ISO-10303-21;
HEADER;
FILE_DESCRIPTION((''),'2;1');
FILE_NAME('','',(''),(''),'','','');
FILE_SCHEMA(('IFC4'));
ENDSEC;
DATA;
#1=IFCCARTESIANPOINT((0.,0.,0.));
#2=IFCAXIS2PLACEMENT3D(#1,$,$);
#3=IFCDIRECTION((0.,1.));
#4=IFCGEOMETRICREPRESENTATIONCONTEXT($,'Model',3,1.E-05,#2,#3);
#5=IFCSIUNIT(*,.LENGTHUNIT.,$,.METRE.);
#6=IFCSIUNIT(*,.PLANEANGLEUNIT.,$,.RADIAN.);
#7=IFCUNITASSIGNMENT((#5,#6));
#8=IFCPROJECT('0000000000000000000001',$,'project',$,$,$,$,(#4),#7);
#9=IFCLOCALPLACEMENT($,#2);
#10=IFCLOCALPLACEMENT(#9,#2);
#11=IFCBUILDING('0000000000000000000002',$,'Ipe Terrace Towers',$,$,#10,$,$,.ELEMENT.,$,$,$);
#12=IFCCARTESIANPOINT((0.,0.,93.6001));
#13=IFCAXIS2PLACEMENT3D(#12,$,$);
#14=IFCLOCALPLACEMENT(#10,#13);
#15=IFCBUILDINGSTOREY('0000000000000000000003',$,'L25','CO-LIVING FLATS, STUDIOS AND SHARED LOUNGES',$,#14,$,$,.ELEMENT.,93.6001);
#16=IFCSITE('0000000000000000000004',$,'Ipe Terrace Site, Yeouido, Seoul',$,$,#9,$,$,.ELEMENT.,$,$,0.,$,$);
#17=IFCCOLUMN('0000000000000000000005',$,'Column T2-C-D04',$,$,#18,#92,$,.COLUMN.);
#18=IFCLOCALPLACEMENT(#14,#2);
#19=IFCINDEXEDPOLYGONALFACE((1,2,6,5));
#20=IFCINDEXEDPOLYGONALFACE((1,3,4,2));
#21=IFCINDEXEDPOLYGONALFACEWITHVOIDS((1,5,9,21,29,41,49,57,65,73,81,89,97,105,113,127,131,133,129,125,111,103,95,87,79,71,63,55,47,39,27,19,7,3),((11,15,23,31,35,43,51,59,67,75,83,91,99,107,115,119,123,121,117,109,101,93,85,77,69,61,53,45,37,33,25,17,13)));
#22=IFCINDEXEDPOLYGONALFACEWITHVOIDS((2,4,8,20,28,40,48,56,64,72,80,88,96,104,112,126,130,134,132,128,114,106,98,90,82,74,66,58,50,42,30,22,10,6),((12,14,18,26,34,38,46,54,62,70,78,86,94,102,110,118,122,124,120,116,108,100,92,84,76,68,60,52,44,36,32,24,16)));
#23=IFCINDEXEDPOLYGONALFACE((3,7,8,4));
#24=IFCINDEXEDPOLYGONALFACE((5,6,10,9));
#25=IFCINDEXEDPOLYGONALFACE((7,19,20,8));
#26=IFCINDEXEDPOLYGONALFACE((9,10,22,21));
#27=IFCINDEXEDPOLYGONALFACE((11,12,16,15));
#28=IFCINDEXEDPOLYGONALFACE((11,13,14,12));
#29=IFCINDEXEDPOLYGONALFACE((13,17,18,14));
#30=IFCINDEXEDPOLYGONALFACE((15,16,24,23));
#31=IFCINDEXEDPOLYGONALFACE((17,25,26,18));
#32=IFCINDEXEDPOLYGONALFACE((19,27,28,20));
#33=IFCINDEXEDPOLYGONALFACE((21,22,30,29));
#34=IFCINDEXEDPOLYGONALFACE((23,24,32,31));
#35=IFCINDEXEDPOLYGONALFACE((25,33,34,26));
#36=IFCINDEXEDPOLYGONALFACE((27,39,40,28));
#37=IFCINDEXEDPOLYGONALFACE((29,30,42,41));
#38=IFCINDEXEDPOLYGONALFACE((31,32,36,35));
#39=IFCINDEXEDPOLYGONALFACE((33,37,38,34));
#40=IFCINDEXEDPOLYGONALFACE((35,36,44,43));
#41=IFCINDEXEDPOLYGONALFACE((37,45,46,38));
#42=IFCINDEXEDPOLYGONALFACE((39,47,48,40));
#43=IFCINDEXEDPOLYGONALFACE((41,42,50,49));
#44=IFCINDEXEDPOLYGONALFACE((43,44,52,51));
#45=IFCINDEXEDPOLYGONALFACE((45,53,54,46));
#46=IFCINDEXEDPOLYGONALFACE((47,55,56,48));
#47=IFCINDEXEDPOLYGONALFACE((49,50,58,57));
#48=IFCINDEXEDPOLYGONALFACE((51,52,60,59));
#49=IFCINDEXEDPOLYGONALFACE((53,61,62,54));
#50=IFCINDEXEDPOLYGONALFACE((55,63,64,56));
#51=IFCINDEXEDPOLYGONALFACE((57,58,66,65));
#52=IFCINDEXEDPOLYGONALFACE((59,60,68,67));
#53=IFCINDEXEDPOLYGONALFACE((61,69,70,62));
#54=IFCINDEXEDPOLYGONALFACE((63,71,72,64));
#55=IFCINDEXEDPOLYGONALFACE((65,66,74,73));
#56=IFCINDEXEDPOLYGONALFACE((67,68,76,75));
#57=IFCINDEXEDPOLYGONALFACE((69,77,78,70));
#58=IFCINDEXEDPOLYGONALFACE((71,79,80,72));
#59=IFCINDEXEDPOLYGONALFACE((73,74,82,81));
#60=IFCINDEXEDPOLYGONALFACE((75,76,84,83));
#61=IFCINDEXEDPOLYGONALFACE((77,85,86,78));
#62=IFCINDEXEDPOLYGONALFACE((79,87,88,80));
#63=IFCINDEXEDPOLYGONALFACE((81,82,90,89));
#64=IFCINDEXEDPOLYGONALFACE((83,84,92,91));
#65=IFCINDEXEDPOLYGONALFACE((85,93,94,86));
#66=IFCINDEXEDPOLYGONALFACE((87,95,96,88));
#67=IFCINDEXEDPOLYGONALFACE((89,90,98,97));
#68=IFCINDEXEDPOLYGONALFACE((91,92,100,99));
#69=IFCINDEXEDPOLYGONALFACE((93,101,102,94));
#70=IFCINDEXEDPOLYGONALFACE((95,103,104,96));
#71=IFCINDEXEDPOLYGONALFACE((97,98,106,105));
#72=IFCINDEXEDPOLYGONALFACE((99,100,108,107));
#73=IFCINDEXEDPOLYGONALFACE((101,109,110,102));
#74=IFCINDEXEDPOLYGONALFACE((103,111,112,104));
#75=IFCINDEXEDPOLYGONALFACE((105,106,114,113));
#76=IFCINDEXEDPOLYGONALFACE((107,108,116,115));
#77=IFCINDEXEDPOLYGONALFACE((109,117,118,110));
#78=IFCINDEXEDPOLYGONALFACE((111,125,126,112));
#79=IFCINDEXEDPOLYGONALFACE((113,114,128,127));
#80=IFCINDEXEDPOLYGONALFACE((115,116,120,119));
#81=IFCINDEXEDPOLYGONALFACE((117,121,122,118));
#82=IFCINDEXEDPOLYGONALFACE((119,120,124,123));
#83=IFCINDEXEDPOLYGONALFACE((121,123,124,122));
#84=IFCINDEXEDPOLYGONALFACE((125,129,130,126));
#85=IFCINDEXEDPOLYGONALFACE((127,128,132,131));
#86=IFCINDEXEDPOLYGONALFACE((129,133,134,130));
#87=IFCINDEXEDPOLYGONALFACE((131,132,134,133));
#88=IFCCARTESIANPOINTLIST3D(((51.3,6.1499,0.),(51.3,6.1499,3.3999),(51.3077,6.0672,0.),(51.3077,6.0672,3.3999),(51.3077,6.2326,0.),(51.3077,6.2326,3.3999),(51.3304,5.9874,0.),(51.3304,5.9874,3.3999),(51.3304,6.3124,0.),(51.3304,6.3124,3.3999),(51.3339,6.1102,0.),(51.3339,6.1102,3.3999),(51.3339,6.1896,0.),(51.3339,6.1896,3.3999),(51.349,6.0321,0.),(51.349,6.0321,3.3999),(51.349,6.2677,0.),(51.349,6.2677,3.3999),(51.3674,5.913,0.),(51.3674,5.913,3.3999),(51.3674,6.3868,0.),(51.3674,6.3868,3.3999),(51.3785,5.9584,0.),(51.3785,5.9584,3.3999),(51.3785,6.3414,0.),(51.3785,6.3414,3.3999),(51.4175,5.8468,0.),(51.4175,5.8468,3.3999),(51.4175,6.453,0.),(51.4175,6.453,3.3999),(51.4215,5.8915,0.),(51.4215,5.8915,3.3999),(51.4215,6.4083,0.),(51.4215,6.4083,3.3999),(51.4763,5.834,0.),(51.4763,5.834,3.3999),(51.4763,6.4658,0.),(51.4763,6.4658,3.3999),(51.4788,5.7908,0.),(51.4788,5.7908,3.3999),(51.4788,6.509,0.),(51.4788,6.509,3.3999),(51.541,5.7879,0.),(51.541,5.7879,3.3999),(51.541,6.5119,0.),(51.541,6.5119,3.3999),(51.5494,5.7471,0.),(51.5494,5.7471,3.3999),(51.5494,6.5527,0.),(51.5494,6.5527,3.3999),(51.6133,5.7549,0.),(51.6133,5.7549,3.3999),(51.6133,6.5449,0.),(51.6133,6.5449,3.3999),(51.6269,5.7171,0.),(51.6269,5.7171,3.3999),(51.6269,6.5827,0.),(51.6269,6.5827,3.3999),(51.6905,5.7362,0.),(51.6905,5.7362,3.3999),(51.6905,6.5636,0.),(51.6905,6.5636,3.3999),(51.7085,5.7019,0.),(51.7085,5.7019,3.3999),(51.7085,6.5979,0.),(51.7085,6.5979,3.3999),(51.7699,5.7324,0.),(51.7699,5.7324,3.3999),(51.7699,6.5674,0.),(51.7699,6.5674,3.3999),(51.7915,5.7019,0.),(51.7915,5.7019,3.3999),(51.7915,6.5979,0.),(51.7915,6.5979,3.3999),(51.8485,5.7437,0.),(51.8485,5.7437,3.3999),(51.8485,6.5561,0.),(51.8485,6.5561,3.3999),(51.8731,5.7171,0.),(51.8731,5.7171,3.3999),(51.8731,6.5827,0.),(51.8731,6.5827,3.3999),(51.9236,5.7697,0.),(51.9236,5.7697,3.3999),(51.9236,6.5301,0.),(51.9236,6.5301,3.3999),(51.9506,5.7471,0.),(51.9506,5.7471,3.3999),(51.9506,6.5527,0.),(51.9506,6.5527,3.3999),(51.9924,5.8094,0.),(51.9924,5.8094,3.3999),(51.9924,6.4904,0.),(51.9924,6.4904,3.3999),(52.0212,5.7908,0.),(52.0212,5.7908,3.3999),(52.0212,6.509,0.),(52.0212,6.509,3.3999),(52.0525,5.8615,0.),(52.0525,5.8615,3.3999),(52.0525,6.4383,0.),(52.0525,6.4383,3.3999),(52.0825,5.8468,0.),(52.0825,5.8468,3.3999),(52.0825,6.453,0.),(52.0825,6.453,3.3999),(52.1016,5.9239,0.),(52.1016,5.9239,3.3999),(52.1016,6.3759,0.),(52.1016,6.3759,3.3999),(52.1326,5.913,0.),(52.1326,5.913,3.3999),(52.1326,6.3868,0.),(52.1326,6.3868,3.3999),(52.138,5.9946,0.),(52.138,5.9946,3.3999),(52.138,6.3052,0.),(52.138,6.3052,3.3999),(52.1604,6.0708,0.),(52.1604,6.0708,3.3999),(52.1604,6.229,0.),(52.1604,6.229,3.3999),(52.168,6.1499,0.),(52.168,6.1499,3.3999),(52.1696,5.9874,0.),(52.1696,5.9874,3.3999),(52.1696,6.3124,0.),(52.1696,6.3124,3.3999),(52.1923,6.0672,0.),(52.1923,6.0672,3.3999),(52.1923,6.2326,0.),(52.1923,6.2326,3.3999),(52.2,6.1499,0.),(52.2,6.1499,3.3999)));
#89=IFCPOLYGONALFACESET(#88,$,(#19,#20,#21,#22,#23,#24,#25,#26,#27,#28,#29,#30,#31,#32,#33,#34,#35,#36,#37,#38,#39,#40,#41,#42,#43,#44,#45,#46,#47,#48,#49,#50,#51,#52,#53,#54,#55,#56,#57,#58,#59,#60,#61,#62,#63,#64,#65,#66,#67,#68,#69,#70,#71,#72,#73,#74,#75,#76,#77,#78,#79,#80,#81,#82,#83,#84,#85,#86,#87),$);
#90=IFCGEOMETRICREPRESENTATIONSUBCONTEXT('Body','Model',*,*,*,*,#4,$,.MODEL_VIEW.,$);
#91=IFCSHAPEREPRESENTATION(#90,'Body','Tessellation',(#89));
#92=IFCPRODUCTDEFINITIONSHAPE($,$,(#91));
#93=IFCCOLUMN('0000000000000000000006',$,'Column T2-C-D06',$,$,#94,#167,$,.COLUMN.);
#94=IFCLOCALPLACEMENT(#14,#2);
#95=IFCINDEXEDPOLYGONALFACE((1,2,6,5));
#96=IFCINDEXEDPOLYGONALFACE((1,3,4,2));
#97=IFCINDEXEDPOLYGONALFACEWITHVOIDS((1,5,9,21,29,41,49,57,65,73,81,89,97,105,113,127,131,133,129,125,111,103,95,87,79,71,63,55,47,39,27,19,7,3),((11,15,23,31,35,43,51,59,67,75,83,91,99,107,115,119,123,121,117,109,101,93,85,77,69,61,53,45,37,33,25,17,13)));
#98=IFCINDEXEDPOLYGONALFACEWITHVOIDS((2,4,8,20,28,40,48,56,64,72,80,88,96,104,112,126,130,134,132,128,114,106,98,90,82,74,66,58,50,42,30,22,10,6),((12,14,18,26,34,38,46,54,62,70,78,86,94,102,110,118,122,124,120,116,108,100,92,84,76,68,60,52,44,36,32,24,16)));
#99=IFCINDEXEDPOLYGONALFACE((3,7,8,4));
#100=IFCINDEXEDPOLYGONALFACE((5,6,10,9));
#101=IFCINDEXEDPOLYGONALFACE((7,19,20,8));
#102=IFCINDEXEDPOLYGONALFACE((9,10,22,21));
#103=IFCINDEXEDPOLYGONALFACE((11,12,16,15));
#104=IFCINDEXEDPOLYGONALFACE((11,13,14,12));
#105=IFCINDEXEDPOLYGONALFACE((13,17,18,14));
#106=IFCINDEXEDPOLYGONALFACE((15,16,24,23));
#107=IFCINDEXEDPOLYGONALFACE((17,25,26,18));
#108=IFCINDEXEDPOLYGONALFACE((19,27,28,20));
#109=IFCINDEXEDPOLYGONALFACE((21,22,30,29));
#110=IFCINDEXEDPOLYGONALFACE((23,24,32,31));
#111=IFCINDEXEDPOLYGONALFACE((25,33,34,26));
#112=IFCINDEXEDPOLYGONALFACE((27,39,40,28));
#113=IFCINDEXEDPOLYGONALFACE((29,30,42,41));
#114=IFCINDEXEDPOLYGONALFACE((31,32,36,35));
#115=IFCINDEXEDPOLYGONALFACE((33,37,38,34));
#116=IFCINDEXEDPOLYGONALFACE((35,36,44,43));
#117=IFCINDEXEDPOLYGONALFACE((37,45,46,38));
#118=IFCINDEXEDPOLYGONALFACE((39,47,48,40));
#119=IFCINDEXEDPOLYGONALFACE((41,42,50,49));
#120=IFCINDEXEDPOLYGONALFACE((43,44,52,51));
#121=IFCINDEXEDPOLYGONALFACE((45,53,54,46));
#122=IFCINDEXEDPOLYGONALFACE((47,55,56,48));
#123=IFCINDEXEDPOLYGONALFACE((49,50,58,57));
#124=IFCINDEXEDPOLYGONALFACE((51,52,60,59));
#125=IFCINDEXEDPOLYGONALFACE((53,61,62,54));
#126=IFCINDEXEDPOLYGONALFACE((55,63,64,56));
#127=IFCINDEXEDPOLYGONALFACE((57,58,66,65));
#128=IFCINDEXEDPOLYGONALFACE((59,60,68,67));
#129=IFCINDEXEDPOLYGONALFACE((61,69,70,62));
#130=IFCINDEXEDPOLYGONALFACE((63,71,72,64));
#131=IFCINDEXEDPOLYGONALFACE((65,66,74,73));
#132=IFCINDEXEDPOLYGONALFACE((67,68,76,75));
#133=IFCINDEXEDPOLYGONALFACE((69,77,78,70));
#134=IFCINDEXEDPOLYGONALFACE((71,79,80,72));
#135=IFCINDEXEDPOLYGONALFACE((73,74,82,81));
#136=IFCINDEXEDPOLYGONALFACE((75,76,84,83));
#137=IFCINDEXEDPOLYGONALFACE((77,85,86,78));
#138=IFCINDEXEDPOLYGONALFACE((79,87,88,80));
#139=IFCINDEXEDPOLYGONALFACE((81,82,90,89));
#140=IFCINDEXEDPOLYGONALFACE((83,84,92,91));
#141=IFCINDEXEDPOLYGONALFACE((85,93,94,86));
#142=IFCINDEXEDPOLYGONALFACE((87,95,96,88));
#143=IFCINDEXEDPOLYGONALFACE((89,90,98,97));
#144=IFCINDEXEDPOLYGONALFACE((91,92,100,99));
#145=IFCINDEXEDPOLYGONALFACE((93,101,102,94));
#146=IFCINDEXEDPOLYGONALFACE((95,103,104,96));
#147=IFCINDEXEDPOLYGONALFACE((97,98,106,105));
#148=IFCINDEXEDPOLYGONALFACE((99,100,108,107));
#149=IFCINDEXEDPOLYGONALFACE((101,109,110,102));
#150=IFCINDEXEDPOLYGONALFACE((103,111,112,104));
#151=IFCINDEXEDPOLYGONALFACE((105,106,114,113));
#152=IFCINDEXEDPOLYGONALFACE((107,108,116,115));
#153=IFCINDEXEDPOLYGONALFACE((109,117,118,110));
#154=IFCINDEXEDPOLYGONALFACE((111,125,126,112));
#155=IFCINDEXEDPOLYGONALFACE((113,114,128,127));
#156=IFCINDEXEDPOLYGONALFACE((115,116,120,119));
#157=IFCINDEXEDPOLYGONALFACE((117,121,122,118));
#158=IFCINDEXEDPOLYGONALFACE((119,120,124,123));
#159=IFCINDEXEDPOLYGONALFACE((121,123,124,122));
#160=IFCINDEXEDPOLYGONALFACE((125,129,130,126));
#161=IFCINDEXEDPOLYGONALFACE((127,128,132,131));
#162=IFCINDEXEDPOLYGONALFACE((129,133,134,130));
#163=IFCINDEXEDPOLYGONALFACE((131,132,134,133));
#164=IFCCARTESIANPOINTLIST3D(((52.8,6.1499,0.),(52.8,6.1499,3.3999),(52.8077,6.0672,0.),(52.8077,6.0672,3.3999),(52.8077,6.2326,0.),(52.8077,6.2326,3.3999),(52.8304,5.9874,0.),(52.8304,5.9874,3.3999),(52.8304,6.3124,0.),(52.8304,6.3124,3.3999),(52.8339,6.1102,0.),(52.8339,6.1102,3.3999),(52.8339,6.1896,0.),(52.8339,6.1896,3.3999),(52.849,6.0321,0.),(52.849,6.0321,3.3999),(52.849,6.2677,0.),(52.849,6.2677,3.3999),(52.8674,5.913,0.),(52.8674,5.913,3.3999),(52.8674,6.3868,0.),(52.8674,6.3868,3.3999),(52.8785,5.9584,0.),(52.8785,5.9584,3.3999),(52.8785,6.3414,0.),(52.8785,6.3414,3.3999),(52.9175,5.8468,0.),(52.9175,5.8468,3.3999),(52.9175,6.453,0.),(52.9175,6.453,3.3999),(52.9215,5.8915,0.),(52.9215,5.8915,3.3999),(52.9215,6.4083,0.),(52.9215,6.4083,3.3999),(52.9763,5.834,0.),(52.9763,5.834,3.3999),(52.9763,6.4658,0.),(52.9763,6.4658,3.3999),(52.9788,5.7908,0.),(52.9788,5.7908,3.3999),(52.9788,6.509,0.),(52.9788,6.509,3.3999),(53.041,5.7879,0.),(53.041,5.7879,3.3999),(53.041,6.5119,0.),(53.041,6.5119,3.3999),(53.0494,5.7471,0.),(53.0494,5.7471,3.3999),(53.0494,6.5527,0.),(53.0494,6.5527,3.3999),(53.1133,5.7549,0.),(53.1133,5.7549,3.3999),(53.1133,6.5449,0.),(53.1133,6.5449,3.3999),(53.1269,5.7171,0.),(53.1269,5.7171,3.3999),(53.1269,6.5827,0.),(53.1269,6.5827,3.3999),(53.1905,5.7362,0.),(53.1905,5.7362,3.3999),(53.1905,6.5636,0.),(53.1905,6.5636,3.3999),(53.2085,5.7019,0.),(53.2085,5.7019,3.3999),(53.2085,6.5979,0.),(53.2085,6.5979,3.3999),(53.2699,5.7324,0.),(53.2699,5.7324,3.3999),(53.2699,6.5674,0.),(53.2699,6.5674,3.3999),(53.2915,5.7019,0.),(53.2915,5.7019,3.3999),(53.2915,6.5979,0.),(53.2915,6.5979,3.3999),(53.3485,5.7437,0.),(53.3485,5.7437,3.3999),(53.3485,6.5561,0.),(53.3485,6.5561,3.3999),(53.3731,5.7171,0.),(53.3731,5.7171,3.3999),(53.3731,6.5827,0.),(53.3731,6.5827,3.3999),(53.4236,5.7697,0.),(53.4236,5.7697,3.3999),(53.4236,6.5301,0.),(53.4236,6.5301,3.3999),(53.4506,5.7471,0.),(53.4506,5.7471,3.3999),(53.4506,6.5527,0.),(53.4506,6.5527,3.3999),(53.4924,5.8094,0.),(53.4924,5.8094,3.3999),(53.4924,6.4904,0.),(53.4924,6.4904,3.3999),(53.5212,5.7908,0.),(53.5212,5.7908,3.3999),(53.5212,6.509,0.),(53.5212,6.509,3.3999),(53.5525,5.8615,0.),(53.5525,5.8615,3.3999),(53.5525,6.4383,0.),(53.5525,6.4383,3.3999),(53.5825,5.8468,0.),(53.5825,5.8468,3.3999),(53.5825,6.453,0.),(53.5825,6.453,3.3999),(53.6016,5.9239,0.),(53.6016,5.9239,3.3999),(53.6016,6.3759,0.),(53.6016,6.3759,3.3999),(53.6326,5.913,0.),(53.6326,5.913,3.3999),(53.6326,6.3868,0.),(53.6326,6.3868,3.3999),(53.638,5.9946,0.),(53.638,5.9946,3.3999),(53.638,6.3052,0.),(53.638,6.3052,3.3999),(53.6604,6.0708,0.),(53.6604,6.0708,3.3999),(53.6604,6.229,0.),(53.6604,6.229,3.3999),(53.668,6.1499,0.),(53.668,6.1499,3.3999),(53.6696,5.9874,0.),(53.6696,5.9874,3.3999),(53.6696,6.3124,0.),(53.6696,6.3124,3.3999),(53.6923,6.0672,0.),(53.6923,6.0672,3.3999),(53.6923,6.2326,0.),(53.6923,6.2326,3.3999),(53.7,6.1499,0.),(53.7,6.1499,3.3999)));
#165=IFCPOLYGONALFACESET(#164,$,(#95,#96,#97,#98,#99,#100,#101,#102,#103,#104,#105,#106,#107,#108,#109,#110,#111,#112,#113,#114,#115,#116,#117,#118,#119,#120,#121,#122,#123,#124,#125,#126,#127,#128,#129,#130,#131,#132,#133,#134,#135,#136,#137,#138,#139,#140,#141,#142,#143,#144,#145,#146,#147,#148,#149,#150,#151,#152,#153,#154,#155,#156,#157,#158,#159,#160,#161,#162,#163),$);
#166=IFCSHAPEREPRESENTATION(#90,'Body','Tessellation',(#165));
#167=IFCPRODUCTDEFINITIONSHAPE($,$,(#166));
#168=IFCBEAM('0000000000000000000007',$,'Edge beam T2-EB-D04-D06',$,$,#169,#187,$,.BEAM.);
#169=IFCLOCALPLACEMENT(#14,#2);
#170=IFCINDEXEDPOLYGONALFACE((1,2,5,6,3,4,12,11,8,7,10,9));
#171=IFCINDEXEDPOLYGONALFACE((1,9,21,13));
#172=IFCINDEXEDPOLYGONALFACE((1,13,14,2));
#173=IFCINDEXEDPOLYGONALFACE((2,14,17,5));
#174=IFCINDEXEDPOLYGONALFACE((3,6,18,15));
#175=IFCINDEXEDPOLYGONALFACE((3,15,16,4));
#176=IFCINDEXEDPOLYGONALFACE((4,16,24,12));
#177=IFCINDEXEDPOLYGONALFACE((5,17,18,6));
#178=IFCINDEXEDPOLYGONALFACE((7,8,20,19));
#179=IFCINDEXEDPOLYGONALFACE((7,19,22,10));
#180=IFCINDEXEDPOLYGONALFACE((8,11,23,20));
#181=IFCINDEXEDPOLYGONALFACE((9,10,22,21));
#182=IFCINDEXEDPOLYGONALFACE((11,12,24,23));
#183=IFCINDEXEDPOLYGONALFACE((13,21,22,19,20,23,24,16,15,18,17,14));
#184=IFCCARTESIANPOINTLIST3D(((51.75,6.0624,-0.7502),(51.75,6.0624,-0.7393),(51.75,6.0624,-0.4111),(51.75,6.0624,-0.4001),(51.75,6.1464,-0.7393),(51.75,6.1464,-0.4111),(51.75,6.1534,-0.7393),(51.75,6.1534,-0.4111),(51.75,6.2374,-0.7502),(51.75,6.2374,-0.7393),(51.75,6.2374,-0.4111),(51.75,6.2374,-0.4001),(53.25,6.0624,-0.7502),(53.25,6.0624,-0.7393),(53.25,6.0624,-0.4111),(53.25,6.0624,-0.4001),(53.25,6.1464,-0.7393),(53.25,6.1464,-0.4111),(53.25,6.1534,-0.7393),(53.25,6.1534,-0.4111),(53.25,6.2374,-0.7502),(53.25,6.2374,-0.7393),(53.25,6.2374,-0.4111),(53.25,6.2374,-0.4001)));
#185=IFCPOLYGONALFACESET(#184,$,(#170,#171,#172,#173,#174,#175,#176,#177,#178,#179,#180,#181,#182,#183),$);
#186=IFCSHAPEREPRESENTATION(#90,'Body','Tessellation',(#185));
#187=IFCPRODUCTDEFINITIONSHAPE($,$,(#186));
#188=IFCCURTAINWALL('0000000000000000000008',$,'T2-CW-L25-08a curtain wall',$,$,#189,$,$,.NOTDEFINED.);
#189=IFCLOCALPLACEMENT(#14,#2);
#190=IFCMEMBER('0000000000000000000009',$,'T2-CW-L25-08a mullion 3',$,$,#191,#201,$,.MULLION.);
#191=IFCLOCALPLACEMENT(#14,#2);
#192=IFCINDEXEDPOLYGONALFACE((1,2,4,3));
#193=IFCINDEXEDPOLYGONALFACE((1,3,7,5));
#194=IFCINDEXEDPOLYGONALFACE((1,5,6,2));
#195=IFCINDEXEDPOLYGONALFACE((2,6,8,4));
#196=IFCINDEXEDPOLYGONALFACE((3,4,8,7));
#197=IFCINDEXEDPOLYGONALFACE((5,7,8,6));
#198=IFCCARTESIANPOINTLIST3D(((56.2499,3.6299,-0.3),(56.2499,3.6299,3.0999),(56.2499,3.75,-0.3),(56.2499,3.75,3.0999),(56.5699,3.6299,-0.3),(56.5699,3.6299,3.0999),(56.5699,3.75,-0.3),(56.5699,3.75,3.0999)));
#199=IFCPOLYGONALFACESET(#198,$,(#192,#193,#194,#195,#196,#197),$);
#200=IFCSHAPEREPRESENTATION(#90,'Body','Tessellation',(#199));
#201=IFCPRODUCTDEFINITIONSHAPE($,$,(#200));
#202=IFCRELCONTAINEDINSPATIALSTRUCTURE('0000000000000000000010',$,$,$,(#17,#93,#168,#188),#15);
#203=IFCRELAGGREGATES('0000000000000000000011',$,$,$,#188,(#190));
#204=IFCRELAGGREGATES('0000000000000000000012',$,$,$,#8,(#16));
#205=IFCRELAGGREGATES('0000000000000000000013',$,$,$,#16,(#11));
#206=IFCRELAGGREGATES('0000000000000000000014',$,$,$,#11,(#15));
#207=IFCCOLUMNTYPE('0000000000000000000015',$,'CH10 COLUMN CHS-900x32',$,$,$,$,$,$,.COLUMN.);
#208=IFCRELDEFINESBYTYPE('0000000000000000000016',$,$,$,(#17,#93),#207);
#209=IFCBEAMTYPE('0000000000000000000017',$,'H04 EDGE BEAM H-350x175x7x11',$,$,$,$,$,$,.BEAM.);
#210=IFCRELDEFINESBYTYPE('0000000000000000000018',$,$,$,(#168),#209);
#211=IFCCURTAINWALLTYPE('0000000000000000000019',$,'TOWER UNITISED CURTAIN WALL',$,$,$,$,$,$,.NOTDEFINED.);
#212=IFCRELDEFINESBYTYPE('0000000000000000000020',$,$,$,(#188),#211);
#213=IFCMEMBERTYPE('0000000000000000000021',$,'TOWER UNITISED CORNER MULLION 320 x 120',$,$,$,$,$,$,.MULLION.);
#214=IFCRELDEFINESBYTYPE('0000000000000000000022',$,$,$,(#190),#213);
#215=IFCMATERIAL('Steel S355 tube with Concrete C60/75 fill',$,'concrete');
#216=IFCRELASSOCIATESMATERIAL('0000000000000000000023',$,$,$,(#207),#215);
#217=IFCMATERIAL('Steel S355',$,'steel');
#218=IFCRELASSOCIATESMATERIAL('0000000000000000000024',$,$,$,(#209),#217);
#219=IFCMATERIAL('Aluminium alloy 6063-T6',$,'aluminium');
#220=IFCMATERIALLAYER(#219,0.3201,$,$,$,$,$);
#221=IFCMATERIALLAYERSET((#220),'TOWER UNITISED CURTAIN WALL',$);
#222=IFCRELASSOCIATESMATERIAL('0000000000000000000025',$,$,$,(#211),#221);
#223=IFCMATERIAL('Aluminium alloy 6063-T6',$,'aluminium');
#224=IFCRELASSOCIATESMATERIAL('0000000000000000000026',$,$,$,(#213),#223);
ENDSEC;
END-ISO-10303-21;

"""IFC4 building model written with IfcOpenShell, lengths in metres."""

from ifc_helpers import new_model, si_unit, direction, frame, origin, origin_2d, place, context, subcontext, project, spatial, rectangle, hollow_circle, i_section, extrude, material, layer, layer_set, material_profile, profile_set, type_object, element, aggregate, save


model = new_model("IFC4")

# Units and contexts
model_context = context("Model", 3, precision=1e-05, world=origin(), true_north=direction((0.0, 1.0)))
body_context = subcontext(model_context, "Body", "Model", "MODEL_VIEW")
ifc_project = project(units=[si_unit("LENGTHUNIT", "METRE"), si_unit("PLANEANGLEUNIT", "RADIAN")], contexts=[model_context])

# Site, building, storey
site_placement = place(None, origin())
site = spatial("IfcSite", under=ifc_project, at=site_placement, Name="Ipe Terrace Site, Yeouido, Seoul", CompositionType="ELEMENT", RefElevation=0.0)
building_placement = place(site_placement, origin())
building = spatial("IfcBuilding", under=site, at=building_placement, Name="Ipe Terrace Towers", CompositionType="ELEMENT")
storey_placement = place(building_placement, frame((0.0, 0.0, 93.6001)))
storey = spatial("IfcBuildingStorey", under=building, at=storey_placement, Name="L25", Description="CO-LIVING FLATS, STUDIOS AND SHARED LOUNGES", CompositionType="ELEMENT", Elevation=93.6001)

# Columns
ifc_material_1 = material(Name="Steel S355 tube with Concrete C60/75 fill", Category="concrete")
ifc_material_profile_1 = material_profile(ifc_material_1, hollow_circle(Radius=0.45, WallThickness=0.032, at=origin_2d()), Name="CHS-900x32")
ifc_profile_set_1 = profile_set([ifc_material_profile_1], Name="Steel S355 tube with Concrete C60/75 fill")
column_type = type_object("IfcColumnType", Name="CH10 COLUMN CHS-900x32", PredefinedType="COLUMN", material=ifc_profile_set_1)
for number, where, z_axis, x_axis, name in (
    (1, (51.75, 6.1499, 0.0), (0.0, 0.0, 1.0), (1.0, 0.0, 0.0), "Column T2-C-D04"),
    (2, (53.25, 6.1499, 0.0), (0.0, 0.0, 1.0), (1.0, 0.0, 0.0), "Column T2-C-D06"),
):
    element("IfcColumn", number, at=place(storey_placement, frame(where, z_axis=z_axis, x_axis=x_axis)), inside=storey, type_object=column_type, Name=name, PredefinedType="COLUMN", context=body_context, shape_type="SweptSolid", body=[
        extrude(hollow_circle(Radius=0.45, WallThickness=0.032, at=origin_2d()), origin(), (0.0, 0.0, 1.0), 3.3999),
    ])

# Beam
ifc_material_2 = material(Name="Steel S355", Category="steel")
ifc_material_profile_2 = material_profile(ifc_material_2, i_section(OverallWidth=0.175, OverallDepth=0.3501, WebThickness=0.0071, FlangeThickness=0.011, at=origin_2d()), Name="H-350x175x7x11")
ifc_profile_set_2 = profile_set([ifc_material_profile_2], Name="Steel S355")
beam_type = type_object("IfcBeamType", Name="H04 EDGE BEAM H-350x175x7x11", PredefinedType="BEAM", material=ifc_profile_set_2)
beam_placement = place(storey_placement, frame((51.75, 6.1499, -0.5752), z_axis=(1.0, 0.0, 0.0), x_axis=(0.0, 1.0, 0.0)))
element("IfcBeam", 3, at=beam_placement, inside=storey, type_object=beam_type, Name="Edge beam T2-EB-D04-D06", PredefinedType="BEAM", context=body_context, shape_type="SweptSolid", body=[
    extrude(i_section(OverallWidth=0.175, OverallDepth=0.3501, WebThickness=0.0071, FlangeThickness=0.011, at=origin_2d()), origin(), (0.0, 0.0, 1.0), 1.5),
])

# Curtain wall, member
ifc_material_3 = material(Name="Aluminium alloy 6063-T6", Category="aluminium")
ifc_layer_1 = layer(ifc_material_3, 0.3201)
ifc_layer_set_1 = layer_set([ifc_layer_1], Name="TOWER UNITISED CURTAIN WALL")
curtain_wall_type = type_object("IfcCurtainWallType", Name="TOWER UNITISED CURTAIN WALL", PredefinedType="NOTDEFINED", material=ifc_layer_set_1)
curtain_wall_1_placement = place(storey_placement, origin())
curtain_wall_1 = element("IfcCurtainWall", 4, at=curtain_wall_1_placement, inside=storey, type_object=curtain_wall_type, Name="T2-CW-L25-08a curtain wall", PredefinedType="NOTDEFINED")
ifc_material_4 = material(Name="Aluminium alloy 6063-T6", Category="aluminium")
ifc_material_profile_3 = material_profile(ifc_material_4, rectangle(XDim=0.3201, YDim=0.1201, at=origin_2d()), Name="TOWER UNITISED CORNER MULLION 320 x 120")
ifc_profile_set_3 = profile_set([ifc_material_profile_3], Name="Aluminium alloy 6063-T6")
member_type = type_object("IfcMemberType", Name="TOWER UNITISED CORNER MULLION 320 x 120", PredefinedType="MULLION", material=ifc_profile_set_3)
member_1_placement = place(storey_placement, frame((56.4099, 3.6899, -0.3), z_axis=(0.0, 0.0, 1.0), x_axis=(1.0, 0.0, 0.0)))
member_1 = element("IfcMember", 5, at=member_1_placement, type_object=member_type, Name="T2-CW-L25-08a mullion 3", PredefinedType="MULLION", context=body_context, shape_type="SweptSolid", body=[
    extrude(rectangle(XDim=0.3201, YDim=0.1201, at=origin_2d()), origin(), (0.0, 0.0, 1.0), 3.3999),
])

aggregate(curtain_wall_1, [member_1])

save(model, "model.ifc")
